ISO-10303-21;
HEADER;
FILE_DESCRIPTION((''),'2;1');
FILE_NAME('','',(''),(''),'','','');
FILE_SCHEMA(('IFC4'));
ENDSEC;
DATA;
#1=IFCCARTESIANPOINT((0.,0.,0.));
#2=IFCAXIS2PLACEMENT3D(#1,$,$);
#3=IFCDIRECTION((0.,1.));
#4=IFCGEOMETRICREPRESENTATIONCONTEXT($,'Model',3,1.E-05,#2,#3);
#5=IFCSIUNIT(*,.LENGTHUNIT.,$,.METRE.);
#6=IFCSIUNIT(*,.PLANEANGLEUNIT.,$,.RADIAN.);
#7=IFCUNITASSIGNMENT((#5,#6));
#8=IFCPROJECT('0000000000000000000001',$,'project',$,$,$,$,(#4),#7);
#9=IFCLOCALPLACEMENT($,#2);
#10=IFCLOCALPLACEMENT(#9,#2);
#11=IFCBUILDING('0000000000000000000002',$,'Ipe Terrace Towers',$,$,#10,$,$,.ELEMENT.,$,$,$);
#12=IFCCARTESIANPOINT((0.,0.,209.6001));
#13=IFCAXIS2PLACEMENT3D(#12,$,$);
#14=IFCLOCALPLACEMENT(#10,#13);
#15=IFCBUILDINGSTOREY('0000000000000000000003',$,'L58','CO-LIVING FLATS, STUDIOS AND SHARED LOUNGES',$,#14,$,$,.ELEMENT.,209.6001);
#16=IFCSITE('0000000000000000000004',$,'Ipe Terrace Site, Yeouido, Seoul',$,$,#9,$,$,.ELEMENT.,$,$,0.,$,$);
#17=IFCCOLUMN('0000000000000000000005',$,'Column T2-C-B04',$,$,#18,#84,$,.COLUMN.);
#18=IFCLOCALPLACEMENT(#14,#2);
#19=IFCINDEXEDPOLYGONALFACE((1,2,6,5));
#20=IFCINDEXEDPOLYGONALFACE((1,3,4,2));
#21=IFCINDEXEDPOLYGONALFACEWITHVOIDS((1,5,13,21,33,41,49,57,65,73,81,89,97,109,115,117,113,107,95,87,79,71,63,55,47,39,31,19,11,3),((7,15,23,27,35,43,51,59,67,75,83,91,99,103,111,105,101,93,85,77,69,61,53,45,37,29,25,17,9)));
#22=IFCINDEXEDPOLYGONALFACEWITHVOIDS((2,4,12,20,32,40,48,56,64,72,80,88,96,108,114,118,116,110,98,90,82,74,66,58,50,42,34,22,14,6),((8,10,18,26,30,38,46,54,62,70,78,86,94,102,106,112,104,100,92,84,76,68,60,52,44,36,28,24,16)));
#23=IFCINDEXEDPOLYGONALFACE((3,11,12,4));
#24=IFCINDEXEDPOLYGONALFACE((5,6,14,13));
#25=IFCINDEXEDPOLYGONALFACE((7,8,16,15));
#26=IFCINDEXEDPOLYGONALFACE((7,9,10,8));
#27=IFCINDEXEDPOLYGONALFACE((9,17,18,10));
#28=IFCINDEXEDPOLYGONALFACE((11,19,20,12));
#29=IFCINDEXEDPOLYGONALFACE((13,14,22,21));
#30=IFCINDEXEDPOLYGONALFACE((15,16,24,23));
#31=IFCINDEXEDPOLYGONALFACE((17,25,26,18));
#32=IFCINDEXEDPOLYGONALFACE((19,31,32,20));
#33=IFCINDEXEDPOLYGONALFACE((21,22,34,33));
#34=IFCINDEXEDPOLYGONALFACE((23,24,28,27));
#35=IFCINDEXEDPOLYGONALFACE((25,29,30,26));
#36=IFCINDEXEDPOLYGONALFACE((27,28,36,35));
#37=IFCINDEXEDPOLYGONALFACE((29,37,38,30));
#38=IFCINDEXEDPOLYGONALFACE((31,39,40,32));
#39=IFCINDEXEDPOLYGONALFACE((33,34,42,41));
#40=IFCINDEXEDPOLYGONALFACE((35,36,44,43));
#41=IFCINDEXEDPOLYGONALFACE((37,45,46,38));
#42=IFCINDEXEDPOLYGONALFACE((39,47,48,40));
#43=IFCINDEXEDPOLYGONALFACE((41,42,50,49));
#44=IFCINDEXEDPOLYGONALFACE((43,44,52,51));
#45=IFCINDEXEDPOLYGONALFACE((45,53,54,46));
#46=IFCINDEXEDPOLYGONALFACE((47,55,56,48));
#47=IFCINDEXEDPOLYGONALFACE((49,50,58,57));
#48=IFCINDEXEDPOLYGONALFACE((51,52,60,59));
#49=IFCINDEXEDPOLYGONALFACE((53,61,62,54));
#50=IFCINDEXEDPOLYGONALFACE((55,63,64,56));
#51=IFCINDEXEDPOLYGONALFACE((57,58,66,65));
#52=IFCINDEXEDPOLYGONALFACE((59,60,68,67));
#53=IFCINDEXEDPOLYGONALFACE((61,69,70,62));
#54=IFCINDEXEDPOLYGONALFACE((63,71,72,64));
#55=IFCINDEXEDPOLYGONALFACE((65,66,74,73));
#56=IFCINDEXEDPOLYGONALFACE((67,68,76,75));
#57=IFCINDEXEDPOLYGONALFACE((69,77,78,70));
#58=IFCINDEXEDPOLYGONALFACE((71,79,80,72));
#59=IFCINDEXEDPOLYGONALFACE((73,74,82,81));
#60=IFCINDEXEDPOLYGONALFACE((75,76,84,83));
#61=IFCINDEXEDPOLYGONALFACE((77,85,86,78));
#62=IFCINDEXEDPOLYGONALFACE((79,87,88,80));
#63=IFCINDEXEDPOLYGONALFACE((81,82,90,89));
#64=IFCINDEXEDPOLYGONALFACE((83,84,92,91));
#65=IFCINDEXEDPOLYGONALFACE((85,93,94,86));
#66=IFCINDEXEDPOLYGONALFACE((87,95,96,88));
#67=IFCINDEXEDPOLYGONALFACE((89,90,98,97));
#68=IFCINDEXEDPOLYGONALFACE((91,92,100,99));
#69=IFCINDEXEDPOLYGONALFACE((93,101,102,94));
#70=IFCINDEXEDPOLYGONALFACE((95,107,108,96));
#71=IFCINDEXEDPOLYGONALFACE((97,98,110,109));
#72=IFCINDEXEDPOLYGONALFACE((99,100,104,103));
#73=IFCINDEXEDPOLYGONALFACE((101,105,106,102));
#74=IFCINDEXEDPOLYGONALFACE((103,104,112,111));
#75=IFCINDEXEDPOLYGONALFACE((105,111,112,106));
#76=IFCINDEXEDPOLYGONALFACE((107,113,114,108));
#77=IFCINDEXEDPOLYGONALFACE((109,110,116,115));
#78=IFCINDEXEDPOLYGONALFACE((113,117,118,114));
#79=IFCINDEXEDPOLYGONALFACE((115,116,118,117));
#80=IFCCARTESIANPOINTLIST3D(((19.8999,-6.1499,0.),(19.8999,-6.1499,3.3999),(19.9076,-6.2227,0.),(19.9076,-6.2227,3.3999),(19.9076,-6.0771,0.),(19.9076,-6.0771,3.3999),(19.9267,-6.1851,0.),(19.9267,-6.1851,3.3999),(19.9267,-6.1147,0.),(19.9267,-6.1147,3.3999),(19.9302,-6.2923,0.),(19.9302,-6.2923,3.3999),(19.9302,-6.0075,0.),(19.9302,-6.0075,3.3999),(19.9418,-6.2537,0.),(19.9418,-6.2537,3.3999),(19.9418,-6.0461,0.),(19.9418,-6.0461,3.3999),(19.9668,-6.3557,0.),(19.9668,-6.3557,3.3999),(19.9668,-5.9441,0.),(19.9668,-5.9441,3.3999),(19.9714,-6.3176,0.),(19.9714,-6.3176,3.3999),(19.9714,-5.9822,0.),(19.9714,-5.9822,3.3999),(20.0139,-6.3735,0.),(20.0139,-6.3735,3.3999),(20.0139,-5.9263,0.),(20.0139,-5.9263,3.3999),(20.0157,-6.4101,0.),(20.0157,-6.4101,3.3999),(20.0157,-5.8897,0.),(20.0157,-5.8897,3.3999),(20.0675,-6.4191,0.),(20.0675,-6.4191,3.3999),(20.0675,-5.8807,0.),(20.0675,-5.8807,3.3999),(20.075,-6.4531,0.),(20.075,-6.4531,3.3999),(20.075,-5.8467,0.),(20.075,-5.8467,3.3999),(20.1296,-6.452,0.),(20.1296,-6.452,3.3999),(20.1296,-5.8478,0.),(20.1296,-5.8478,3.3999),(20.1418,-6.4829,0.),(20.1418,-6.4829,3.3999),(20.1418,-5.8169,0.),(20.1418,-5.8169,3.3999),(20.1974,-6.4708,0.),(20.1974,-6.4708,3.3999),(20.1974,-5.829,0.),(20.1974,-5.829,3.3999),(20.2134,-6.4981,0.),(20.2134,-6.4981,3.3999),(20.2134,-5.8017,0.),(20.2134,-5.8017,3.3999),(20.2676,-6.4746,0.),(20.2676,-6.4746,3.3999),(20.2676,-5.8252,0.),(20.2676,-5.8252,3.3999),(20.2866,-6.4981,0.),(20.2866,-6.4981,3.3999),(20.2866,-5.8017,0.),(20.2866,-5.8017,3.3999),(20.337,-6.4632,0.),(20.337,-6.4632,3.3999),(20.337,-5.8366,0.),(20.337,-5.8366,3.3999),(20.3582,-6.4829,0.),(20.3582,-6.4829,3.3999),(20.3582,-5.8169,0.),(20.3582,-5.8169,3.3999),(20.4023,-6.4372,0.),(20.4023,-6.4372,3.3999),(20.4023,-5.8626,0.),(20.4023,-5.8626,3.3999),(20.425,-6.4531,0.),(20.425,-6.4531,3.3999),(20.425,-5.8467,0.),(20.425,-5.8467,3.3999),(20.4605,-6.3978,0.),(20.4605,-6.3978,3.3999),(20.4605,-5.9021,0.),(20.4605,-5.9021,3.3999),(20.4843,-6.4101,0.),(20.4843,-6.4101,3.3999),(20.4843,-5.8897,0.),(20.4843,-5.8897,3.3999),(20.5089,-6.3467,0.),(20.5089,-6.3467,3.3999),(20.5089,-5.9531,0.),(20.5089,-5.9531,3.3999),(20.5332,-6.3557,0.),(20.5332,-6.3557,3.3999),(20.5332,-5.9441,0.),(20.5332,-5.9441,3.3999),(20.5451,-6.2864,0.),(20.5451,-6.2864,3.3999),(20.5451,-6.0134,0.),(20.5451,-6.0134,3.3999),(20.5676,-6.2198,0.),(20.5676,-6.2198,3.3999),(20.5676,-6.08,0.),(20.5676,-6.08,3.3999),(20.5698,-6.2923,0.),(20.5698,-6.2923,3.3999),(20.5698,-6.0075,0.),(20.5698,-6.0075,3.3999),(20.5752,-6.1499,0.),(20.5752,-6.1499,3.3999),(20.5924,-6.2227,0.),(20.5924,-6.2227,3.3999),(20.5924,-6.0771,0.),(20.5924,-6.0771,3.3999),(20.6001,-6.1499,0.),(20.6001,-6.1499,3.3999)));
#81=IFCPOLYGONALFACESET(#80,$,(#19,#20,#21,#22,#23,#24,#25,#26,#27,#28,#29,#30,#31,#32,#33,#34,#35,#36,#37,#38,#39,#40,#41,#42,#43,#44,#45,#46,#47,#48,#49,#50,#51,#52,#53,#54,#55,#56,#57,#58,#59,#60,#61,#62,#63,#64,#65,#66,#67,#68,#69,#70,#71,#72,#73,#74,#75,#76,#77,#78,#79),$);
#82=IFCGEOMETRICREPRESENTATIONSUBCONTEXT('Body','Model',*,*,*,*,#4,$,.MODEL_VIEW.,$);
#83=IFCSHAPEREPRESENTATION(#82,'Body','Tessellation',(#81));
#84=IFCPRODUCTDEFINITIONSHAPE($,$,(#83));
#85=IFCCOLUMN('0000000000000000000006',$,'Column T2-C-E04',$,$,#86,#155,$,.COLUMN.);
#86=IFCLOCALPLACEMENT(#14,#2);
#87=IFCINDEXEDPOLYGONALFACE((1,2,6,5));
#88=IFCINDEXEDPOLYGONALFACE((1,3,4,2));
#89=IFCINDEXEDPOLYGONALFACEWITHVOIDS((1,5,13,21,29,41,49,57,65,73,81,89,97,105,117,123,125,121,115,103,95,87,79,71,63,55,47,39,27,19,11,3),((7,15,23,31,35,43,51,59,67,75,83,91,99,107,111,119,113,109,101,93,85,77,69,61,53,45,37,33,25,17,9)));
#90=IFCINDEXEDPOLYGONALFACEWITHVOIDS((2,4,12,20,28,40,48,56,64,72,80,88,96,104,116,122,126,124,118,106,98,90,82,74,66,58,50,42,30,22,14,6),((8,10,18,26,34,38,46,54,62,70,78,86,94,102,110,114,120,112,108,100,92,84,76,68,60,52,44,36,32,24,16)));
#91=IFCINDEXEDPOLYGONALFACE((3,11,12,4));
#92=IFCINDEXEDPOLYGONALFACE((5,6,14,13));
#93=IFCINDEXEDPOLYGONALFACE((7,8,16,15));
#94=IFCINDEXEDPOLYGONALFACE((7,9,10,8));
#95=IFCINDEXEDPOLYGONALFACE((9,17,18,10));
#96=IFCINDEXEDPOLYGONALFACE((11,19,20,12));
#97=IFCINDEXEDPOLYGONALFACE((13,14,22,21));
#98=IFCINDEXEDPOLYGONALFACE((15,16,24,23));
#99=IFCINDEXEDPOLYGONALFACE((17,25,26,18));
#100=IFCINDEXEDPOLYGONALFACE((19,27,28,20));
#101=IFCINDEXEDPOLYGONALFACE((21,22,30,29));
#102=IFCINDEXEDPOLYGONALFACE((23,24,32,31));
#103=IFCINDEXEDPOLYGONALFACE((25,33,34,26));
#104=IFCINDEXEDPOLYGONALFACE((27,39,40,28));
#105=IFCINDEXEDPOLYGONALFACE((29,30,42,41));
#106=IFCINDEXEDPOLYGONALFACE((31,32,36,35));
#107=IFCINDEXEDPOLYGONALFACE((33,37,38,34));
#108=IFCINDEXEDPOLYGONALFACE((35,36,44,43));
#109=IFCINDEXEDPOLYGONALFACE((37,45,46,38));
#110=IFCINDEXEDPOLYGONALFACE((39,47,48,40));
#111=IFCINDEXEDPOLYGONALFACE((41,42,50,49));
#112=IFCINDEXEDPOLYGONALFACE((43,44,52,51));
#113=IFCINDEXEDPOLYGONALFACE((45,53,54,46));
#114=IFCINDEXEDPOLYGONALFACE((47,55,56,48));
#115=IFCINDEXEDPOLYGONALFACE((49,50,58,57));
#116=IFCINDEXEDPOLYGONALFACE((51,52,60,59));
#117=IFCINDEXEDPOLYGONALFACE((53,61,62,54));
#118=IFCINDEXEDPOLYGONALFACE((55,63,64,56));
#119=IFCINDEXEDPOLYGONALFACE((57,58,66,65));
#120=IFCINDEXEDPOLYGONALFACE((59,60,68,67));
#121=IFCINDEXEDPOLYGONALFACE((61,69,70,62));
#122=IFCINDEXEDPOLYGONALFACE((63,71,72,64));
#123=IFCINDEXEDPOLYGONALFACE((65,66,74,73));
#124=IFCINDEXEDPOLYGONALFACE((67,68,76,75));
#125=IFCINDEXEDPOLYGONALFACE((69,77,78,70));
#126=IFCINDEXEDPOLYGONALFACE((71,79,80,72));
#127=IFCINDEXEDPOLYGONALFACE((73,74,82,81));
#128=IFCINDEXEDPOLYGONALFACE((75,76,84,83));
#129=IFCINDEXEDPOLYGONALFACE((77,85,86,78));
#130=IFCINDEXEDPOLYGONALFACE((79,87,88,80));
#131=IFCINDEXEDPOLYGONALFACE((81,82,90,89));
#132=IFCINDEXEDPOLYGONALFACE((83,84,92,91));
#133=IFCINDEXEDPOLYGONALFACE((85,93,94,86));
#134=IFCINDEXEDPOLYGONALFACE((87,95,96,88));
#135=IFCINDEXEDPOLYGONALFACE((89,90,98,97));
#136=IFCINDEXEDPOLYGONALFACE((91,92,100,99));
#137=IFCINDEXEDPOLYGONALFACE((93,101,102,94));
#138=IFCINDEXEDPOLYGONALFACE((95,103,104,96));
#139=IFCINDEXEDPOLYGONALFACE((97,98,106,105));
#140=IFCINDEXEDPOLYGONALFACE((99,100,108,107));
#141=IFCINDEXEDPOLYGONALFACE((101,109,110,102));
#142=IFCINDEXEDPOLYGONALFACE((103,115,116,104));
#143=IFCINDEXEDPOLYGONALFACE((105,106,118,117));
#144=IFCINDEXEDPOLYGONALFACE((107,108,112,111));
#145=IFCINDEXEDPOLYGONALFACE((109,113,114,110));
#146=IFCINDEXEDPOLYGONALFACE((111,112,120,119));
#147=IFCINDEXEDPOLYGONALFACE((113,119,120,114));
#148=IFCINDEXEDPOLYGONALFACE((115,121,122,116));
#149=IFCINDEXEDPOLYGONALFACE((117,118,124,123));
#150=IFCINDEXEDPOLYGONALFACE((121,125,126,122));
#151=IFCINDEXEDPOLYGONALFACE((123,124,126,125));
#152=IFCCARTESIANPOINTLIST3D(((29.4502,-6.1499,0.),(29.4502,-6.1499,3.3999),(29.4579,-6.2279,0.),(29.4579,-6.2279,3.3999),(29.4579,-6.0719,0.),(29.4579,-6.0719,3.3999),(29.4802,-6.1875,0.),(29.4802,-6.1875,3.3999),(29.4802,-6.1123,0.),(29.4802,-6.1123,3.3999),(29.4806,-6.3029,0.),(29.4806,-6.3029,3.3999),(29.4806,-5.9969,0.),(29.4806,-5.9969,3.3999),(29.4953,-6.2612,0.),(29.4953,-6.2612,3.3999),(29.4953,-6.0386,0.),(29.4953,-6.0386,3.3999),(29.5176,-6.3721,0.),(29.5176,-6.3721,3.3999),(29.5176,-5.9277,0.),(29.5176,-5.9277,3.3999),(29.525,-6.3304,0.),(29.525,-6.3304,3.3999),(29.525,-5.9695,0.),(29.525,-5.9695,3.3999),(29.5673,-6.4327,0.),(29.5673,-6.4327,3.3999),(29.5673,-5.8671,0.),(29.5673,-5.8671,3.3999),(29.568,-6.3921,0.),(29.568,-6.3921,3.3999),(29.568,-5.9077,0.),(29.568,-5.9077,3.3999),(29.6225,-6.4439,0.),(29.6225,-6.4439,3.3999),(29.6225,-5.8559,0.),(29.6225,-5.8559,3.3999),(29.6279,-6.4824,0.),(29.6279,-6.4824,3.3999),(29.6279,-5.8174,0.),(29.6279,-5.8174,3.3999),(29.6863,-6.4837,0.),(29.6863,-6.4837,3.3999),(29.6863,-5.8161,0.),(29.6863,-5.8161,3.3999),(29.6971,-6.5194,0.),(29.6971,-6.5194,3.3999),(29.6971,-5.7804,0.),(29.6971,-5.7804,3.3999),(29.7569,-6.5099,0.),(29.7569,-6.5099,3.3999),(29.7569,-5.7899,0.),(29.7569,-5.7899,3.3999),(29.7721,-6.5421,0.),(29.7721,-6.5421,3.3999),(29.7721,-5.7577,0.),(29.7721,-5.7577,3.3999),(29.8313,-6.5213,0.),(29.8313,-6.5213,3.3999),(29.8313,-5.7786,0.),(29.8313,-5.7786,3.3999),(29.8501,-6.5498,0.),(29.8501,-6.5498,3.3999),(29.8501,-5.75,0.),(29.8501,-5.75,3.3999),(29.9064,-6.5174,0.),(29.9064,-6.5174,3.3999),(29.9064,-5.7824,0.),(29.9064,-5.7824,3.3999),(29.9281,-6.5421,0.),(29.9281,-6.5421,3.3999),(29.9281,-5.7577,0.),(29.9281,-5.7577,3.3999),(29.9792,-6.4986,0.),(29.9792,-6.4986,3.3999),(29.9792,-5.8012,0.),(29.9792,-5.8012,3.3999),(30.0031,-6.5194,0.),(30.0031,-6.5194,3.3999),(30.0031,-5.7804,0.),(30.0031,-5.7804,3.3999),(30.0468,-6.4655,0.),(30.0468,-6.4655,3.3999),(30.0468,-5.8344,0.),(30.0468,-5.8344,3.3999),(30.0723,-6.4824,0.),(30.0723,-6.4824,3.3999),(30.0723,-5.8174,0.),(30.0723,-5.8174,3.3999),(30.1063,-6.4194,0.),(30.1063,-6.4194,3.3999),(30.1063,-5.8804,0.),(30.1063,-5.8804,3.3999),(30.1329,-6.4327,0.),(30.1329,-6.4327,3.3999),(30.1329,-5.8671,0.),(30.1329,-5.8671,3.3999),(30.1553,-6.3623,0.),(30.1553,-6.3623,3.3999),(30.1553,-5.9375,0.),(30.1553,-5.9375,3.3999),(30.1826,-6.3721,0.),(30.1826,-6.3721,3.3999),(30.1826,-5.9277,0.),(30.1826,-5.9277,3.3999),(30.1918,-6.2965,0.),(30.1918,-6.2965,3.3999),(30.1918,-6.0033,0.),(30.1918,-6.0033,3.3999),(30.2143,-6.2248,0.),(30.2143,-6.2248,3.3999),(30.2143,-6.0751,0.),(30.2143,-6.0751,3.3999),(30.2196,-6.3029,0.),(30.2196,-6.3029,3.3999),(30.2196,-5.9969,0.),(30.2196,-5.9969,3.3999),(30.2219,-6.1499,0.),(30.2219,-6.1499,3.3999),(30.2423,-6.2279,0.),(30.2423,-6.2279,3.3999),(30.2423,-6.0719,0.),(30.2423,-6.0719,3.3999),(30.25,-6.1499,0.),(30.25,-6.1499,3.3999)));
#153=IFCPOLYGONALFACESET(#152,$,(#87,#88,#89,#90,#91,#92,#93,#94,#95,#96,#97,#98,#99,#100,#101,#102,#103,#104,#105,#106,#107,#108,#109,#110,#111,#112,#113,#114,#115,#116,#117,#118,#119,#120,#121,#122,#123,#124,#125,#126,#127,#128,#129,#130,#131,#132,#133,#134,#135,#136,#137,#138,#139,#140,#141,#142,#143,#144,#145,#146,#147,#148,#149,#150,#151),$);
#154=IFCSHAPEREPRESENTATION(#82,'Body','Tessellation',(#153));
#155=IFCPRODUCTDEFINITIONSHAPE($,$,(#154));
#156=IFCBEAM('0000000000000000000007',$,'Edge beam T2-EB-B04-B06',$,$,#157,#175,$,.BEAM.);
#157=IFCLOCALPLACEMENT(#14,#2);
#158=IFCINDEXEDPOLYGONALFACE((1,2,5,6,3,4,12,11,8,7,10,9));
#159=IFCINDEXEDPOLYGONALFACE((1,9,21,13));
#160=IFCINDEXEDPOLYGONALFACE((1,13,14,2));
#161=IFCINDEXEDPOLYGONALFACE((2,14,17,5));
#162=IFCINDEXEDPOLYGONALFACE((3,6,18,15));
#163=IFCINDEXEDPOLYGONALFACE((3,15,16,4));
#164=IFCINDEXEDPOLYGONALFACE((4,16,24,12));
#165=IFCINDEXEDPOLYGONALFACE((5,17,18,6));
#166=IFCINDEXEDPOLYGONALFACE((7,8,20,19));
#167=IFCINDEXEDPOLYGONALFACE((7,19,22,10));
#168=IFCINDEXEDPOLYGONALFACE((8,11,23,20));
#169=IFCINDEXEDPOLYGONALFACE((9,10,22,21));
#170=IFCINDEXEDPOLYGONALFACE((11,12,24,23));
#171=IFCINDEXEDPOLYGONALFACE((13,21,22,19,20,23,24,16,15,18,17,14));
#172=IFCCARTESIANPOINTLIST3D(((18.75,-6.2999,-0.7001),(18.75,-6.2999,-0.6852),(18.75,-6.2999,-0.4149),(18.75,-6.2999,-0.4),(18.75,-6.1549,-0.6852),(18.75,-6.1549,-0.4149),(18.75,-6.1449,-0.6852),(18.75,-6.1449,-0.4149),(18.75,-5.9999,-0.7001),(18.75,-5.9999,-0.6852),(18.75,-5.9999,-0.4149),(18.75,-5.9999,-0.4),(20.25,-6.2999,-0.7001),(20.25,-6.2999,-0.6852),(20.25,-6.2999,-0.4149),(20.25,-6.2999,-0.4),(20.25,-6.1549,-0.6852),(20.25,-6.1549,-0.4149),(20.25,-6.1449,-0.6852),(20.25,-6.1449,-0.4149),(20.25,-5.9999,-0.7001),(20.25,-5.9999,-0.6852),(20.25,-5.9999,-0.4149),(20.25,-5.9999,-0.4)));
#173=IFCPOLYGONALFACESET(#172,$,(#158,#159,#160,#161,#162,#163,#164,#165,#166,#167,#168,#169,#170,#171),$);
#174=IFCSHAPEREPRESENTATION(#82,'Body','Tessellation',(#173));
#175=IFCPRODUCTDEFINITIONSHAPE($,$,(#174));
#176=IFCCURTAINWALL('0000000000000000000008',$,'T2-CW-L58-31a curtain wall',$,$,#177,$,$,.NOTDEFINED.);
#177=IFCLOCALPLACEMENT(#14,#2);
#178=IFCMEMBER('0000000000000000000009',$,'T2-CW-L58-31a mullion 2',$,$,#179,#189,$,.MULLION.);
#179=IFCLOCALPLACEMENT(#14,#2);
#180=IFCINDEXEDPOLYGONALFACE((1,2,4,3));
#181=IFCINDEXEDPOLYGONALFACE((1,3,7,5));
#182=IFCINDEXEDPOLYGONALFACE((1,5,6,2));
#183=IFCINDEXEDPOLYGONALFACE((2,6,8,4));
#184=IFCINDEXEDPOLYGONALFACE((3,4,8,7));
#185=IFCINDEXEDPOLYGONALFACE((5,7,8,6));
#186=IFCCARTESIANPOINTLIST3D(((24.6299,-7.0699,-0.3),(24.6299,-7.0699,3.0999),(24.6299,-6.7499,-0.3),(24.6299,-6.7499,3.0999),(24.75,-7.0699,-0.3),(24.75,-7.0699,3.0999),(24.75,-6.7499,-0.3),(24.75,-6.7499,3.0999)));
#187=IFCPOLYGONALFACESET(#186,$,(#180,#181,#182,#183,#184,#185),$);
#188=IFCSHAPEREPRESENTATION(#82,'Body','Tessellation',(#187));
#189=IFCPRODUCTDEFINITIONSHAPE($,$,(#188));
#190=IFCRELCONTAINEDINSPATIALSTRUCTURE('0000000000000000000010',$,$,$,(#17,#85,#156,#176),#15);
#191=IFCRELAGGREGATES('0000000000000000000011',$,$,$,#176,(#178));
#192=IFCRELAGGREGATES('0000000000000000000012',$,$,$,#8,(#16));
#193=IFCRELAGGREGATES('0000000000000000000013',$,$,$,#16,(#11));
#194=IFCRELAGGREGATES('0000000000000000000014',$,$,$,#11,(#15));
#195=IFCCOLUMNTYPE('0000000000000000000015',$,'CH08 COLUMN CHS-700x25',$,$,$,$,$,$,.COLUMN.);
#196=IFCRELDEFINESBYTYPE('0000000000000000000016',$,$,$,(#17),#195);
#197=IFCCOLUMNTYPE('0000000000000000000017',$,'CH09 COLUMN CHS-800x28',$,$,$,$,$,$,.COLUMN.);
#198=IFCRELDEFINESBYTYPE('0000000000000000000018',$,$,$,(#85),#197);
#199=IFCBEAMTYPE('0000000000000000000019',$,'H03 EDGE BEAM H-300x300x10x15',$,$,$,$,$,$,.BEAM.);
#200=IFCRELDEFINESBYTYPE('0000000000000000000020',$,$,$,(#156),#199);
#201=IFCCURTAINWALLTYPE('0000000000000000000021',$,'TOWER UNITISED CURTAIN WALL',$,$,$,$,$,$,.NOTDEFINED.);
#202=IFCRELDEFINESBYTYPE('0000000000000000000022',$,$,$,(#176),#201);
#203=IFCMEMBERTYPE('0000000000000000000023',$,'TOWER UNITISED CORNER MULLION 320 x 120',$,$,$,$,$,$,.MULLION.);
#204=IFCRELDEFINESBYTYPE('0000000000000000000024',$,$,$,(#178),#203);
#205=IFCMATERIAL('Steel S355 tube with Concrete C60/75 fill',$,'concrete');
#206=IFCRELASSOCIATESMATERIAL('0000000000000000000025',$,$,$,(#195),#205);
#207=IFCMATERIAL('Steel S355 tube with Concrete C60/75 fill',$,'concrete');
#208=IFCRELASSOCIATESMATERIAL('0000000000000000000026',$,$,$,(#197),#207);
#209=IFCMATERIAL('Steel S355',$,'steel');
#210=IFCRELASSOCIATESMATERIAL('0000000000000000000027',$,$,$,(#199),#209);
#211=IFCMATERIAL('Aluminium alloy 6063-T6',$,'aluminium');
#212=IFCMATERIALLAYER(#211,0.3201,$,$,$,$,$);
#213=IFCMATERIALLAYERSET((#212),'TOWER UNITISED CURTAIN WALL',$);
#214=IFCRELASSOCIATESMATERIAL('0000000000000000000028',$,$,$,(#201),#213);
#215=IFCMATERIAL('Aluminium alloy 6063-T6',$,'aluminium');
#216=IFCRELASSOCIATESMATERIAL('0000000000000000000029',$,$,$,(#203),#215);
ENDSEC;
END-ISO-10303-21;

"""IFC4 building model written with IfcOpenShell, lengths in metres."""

from ifc_helpers import new_model, si_unit, direction, frame, origin, origin_2d, place, context, subcontext, project, spatial, rectangle, hollow_circle, i_section, extrude, material, layer, layer_set, material_profile, profile_set, type_object, element, aggregate, save


model = new_model("IFC4")

# Units and contexts
model_context = context("Model", 3, precision=1e-05, world=origin(), true_north=direction((0.0, 1.0)))
body_context = subcontext(model_context, "Body", "Model", "MODEL_VIEW")
ifc_project = project(units=[si_unit("LENGTHUNIT", "METRE"), si_unit("PLANEANGLEUNIT", "RADIAN")], contexts=[model_context])

# Site, building, storey
site_placement = place(None, origin())
site = spatial("IfcSite", under=ifc_project, at=site_placement, Name="Ipe Terrace Site, Yeouido, Seoul", CompositionType="ELEMENT", RefElevation=0.0)
building_placement = place(site_placement, origin())
building = spatial("IfcBuilding", under=site, at=building_placement, Name="Ipe Terrace Towers", CompositionType="ELEMENT")
storey_placement = place(building_placement, frame((0.0, 0.0, 209.6001)))
storey = spatial("IfcBuildingStorey", under=building, at=storey_placement, Name="L58", Description="CO-LIVING FLATS, STUDIOS AND SHARED LOUNGES", CompositionType="ELEMENT", Elevation=209.6001)

# Columns
ifc_material_1 = material(Name="Steel S355 tube with Concrete C60/75 fill", Category="concrete")
ifc_material_profile_1 = material_profile(ifc_material_1, hollow_circle(Radius=0.3501, WallThickness=0.0249, at=origin_2d()), Name="CHS-700x25")
ifc_profile_set_1 = profile_set([ifc_material_profile_1], Name="Steel S355 tube with Concrete C60/75 fill")
column_type_1 = type_object("IfcColumnType", Name="CH08 COLUMN CHS-700x25", PredefinedType="COLUMN", material=ifc_profile_set_1)
column_1_placement = place(storey_placement, frame((20.25, -6.1499, 0.0), z_axis=(0.0, 0.0, 1.0), x_axis=(1.0, 0.0, 0.0)))
element("IfcColumn", 1, at=column_1_placement, inside=storey, type_object=column_type_1, Name="Column T2-C-B04", PredefinedType="COLUMN", context=body_context, shape_type="SweptSolid", body=[
    extrude(hollow_circle(Radius=0.3501, WallThickness=0.0249, at=origin_2d()), origin(), (0.0, 0.0, 1.0), 3.3999),
])
ifc_material_2 = material(Name="Steel S355 tube with Concrete C60/75 fill", Category="concrete")
ifc_material_profile_2 = material_profile(ifc_material_2, hollow_circle(Radius=0.3999, WallThickness=0.0281, at=origin_2d()), Name="CHS-800x28")
ifc_profile_set_2 = profile_set([ifc_material_profile_2], Name="Steel S355 tube with Concrete C60/75 fill")
column_type_2 = type_object("IfcColumnType", Name="CH09 COLUMN CHS-800x28", PredefinedType="COLUMN", material=ifc_profile_set_2)
column_2_placement = place(storey_placement, frame((29.8501, -6.1499, 0.0), z_axis=(0.0, 0.0, 1.0), x_axis=(1.0, 0.0, 0.0)))
element("IfcColumn", 2, at=column_2_placement, inside=storey, type_object=column_type_2, Name="Column T2-C-E04", PredefinedType="COLUMN", context=body_context, shape_type="SweptSolid", body=[
    extrude(hollow_circle(Radius=0.3999, WallThickness=0.0281, at=origin_2d()), origin(), (0.0, 0.0, 1.0), 3.3999),
])

# Beam
ifc_material_3 = material(Name="Steel S355", Category="steel")
ifc_material_profile_3 = material_profile(ifc_material_3, i_section(OverallWidth=0.3, OverallDepth=0.3, WebThickness=0.01, FlangeThickness=0.0149, at=origin_2d()), Name="H-300x300x10x15")
ifc_profile_set_3 = profile_set([ifc_material_profile_3], Name="Steel S355")
beam_type = type_object("IfcBeamType", Name="H03 EDGE BEAM H-300x300x10x15", PredefinedType="BEAM", material=ifc_profile_set_3)
beam_placement = place(storey_placement, frame((20.25, -6.1499, -0.55), z_axis=(-1.0, 0.0, 0.0), x_axis=(0.0, -1.0, 0.0)))
element("IfcBeam", 3, at=beam_placement, inside=storey, type_object=beam_type, Name="Edge beam T2-EB-B04-B06", PredefinedType="BEAM", context=body_context, shape_type="SweptSolid", body=[
    extrude(i_section(OverallWidth=0.3, OverallDepth=0.3, WebThickness=0.01, FlangeThickness=0.0149, at=origin_2d()), origin(), (0.0, 0.0, 1.0), 1.5),
])

# Curtain wall, member
ifc_material_4 = material(Name="Aluminium alloy 6063-T6", Category="aluminium")
ifc_layer_1 = layer(ifc_material_4, 0.3201)
ifc_layer_set_1 = layer_set([ifc_layer_1], Name="TOWER UNITISED CURTAIN WALL")
curtain_wall_type = type_object("IfcCurtainWallType", Name="TOWER UNITISED CURTAIN WALL", PredefinedType="NOTDEFINED", material=ifc_layer_set_1)
curtain_wall_1_placement = place(storey_placement, origin())
curtain_wall_1 = element("IfcCurtainWall", 4, at=curtain_wall_1_placement, inside=storey, type_object=curtain_wall_type, Name="T2-CW-L58-31a curtain wall", PredefinedType="NOTDEFINED")
ifc_material_5 = material(Name="Aluminium alloy 6063-T6", Category="aluminium")
ifc_material_profile_4 = material_profile(ifc_material_5, rectangle(XDim=0.3201, YDim=0.1201, at=origin_2d()), Name="TOWER UNITISED CORNER MULLION 320 x 120")
ifc_profile_set_4 = profile_set([ifc_material_profile_4], Name="Aluminium alloy 6063-T6")
member_type = type_object("IfcMemberType", Name="TOWER UNITISED CORNER MULLION 320 x 120", PredefinedType="MULLION", material=ifc_profile_set_4)
member_1_placement = place(storey_placement, frame((24.6899, -6.9099, -0.3), z_axis=(0.0, 0.0, 1.0), x_axis=(0.0, -1.0, 0.0)))
member_1 = element("IfcMember", 5, at=member_1_placement, type_object=member_type, Name="T2-CW-L58-31a mullion 2", PredefinedType="MULLION", context=body_context, shape_type="SweptSolid", body=[
    extrude(rectangle(XDim=0.3201, YDim=0.1201, at=origin_2d()), origin(), (0.0, 0.0, 1.0), 3.3999),
])

aggregate(curtain_wall_1, [member_1])

save(model, "model.ifc")
